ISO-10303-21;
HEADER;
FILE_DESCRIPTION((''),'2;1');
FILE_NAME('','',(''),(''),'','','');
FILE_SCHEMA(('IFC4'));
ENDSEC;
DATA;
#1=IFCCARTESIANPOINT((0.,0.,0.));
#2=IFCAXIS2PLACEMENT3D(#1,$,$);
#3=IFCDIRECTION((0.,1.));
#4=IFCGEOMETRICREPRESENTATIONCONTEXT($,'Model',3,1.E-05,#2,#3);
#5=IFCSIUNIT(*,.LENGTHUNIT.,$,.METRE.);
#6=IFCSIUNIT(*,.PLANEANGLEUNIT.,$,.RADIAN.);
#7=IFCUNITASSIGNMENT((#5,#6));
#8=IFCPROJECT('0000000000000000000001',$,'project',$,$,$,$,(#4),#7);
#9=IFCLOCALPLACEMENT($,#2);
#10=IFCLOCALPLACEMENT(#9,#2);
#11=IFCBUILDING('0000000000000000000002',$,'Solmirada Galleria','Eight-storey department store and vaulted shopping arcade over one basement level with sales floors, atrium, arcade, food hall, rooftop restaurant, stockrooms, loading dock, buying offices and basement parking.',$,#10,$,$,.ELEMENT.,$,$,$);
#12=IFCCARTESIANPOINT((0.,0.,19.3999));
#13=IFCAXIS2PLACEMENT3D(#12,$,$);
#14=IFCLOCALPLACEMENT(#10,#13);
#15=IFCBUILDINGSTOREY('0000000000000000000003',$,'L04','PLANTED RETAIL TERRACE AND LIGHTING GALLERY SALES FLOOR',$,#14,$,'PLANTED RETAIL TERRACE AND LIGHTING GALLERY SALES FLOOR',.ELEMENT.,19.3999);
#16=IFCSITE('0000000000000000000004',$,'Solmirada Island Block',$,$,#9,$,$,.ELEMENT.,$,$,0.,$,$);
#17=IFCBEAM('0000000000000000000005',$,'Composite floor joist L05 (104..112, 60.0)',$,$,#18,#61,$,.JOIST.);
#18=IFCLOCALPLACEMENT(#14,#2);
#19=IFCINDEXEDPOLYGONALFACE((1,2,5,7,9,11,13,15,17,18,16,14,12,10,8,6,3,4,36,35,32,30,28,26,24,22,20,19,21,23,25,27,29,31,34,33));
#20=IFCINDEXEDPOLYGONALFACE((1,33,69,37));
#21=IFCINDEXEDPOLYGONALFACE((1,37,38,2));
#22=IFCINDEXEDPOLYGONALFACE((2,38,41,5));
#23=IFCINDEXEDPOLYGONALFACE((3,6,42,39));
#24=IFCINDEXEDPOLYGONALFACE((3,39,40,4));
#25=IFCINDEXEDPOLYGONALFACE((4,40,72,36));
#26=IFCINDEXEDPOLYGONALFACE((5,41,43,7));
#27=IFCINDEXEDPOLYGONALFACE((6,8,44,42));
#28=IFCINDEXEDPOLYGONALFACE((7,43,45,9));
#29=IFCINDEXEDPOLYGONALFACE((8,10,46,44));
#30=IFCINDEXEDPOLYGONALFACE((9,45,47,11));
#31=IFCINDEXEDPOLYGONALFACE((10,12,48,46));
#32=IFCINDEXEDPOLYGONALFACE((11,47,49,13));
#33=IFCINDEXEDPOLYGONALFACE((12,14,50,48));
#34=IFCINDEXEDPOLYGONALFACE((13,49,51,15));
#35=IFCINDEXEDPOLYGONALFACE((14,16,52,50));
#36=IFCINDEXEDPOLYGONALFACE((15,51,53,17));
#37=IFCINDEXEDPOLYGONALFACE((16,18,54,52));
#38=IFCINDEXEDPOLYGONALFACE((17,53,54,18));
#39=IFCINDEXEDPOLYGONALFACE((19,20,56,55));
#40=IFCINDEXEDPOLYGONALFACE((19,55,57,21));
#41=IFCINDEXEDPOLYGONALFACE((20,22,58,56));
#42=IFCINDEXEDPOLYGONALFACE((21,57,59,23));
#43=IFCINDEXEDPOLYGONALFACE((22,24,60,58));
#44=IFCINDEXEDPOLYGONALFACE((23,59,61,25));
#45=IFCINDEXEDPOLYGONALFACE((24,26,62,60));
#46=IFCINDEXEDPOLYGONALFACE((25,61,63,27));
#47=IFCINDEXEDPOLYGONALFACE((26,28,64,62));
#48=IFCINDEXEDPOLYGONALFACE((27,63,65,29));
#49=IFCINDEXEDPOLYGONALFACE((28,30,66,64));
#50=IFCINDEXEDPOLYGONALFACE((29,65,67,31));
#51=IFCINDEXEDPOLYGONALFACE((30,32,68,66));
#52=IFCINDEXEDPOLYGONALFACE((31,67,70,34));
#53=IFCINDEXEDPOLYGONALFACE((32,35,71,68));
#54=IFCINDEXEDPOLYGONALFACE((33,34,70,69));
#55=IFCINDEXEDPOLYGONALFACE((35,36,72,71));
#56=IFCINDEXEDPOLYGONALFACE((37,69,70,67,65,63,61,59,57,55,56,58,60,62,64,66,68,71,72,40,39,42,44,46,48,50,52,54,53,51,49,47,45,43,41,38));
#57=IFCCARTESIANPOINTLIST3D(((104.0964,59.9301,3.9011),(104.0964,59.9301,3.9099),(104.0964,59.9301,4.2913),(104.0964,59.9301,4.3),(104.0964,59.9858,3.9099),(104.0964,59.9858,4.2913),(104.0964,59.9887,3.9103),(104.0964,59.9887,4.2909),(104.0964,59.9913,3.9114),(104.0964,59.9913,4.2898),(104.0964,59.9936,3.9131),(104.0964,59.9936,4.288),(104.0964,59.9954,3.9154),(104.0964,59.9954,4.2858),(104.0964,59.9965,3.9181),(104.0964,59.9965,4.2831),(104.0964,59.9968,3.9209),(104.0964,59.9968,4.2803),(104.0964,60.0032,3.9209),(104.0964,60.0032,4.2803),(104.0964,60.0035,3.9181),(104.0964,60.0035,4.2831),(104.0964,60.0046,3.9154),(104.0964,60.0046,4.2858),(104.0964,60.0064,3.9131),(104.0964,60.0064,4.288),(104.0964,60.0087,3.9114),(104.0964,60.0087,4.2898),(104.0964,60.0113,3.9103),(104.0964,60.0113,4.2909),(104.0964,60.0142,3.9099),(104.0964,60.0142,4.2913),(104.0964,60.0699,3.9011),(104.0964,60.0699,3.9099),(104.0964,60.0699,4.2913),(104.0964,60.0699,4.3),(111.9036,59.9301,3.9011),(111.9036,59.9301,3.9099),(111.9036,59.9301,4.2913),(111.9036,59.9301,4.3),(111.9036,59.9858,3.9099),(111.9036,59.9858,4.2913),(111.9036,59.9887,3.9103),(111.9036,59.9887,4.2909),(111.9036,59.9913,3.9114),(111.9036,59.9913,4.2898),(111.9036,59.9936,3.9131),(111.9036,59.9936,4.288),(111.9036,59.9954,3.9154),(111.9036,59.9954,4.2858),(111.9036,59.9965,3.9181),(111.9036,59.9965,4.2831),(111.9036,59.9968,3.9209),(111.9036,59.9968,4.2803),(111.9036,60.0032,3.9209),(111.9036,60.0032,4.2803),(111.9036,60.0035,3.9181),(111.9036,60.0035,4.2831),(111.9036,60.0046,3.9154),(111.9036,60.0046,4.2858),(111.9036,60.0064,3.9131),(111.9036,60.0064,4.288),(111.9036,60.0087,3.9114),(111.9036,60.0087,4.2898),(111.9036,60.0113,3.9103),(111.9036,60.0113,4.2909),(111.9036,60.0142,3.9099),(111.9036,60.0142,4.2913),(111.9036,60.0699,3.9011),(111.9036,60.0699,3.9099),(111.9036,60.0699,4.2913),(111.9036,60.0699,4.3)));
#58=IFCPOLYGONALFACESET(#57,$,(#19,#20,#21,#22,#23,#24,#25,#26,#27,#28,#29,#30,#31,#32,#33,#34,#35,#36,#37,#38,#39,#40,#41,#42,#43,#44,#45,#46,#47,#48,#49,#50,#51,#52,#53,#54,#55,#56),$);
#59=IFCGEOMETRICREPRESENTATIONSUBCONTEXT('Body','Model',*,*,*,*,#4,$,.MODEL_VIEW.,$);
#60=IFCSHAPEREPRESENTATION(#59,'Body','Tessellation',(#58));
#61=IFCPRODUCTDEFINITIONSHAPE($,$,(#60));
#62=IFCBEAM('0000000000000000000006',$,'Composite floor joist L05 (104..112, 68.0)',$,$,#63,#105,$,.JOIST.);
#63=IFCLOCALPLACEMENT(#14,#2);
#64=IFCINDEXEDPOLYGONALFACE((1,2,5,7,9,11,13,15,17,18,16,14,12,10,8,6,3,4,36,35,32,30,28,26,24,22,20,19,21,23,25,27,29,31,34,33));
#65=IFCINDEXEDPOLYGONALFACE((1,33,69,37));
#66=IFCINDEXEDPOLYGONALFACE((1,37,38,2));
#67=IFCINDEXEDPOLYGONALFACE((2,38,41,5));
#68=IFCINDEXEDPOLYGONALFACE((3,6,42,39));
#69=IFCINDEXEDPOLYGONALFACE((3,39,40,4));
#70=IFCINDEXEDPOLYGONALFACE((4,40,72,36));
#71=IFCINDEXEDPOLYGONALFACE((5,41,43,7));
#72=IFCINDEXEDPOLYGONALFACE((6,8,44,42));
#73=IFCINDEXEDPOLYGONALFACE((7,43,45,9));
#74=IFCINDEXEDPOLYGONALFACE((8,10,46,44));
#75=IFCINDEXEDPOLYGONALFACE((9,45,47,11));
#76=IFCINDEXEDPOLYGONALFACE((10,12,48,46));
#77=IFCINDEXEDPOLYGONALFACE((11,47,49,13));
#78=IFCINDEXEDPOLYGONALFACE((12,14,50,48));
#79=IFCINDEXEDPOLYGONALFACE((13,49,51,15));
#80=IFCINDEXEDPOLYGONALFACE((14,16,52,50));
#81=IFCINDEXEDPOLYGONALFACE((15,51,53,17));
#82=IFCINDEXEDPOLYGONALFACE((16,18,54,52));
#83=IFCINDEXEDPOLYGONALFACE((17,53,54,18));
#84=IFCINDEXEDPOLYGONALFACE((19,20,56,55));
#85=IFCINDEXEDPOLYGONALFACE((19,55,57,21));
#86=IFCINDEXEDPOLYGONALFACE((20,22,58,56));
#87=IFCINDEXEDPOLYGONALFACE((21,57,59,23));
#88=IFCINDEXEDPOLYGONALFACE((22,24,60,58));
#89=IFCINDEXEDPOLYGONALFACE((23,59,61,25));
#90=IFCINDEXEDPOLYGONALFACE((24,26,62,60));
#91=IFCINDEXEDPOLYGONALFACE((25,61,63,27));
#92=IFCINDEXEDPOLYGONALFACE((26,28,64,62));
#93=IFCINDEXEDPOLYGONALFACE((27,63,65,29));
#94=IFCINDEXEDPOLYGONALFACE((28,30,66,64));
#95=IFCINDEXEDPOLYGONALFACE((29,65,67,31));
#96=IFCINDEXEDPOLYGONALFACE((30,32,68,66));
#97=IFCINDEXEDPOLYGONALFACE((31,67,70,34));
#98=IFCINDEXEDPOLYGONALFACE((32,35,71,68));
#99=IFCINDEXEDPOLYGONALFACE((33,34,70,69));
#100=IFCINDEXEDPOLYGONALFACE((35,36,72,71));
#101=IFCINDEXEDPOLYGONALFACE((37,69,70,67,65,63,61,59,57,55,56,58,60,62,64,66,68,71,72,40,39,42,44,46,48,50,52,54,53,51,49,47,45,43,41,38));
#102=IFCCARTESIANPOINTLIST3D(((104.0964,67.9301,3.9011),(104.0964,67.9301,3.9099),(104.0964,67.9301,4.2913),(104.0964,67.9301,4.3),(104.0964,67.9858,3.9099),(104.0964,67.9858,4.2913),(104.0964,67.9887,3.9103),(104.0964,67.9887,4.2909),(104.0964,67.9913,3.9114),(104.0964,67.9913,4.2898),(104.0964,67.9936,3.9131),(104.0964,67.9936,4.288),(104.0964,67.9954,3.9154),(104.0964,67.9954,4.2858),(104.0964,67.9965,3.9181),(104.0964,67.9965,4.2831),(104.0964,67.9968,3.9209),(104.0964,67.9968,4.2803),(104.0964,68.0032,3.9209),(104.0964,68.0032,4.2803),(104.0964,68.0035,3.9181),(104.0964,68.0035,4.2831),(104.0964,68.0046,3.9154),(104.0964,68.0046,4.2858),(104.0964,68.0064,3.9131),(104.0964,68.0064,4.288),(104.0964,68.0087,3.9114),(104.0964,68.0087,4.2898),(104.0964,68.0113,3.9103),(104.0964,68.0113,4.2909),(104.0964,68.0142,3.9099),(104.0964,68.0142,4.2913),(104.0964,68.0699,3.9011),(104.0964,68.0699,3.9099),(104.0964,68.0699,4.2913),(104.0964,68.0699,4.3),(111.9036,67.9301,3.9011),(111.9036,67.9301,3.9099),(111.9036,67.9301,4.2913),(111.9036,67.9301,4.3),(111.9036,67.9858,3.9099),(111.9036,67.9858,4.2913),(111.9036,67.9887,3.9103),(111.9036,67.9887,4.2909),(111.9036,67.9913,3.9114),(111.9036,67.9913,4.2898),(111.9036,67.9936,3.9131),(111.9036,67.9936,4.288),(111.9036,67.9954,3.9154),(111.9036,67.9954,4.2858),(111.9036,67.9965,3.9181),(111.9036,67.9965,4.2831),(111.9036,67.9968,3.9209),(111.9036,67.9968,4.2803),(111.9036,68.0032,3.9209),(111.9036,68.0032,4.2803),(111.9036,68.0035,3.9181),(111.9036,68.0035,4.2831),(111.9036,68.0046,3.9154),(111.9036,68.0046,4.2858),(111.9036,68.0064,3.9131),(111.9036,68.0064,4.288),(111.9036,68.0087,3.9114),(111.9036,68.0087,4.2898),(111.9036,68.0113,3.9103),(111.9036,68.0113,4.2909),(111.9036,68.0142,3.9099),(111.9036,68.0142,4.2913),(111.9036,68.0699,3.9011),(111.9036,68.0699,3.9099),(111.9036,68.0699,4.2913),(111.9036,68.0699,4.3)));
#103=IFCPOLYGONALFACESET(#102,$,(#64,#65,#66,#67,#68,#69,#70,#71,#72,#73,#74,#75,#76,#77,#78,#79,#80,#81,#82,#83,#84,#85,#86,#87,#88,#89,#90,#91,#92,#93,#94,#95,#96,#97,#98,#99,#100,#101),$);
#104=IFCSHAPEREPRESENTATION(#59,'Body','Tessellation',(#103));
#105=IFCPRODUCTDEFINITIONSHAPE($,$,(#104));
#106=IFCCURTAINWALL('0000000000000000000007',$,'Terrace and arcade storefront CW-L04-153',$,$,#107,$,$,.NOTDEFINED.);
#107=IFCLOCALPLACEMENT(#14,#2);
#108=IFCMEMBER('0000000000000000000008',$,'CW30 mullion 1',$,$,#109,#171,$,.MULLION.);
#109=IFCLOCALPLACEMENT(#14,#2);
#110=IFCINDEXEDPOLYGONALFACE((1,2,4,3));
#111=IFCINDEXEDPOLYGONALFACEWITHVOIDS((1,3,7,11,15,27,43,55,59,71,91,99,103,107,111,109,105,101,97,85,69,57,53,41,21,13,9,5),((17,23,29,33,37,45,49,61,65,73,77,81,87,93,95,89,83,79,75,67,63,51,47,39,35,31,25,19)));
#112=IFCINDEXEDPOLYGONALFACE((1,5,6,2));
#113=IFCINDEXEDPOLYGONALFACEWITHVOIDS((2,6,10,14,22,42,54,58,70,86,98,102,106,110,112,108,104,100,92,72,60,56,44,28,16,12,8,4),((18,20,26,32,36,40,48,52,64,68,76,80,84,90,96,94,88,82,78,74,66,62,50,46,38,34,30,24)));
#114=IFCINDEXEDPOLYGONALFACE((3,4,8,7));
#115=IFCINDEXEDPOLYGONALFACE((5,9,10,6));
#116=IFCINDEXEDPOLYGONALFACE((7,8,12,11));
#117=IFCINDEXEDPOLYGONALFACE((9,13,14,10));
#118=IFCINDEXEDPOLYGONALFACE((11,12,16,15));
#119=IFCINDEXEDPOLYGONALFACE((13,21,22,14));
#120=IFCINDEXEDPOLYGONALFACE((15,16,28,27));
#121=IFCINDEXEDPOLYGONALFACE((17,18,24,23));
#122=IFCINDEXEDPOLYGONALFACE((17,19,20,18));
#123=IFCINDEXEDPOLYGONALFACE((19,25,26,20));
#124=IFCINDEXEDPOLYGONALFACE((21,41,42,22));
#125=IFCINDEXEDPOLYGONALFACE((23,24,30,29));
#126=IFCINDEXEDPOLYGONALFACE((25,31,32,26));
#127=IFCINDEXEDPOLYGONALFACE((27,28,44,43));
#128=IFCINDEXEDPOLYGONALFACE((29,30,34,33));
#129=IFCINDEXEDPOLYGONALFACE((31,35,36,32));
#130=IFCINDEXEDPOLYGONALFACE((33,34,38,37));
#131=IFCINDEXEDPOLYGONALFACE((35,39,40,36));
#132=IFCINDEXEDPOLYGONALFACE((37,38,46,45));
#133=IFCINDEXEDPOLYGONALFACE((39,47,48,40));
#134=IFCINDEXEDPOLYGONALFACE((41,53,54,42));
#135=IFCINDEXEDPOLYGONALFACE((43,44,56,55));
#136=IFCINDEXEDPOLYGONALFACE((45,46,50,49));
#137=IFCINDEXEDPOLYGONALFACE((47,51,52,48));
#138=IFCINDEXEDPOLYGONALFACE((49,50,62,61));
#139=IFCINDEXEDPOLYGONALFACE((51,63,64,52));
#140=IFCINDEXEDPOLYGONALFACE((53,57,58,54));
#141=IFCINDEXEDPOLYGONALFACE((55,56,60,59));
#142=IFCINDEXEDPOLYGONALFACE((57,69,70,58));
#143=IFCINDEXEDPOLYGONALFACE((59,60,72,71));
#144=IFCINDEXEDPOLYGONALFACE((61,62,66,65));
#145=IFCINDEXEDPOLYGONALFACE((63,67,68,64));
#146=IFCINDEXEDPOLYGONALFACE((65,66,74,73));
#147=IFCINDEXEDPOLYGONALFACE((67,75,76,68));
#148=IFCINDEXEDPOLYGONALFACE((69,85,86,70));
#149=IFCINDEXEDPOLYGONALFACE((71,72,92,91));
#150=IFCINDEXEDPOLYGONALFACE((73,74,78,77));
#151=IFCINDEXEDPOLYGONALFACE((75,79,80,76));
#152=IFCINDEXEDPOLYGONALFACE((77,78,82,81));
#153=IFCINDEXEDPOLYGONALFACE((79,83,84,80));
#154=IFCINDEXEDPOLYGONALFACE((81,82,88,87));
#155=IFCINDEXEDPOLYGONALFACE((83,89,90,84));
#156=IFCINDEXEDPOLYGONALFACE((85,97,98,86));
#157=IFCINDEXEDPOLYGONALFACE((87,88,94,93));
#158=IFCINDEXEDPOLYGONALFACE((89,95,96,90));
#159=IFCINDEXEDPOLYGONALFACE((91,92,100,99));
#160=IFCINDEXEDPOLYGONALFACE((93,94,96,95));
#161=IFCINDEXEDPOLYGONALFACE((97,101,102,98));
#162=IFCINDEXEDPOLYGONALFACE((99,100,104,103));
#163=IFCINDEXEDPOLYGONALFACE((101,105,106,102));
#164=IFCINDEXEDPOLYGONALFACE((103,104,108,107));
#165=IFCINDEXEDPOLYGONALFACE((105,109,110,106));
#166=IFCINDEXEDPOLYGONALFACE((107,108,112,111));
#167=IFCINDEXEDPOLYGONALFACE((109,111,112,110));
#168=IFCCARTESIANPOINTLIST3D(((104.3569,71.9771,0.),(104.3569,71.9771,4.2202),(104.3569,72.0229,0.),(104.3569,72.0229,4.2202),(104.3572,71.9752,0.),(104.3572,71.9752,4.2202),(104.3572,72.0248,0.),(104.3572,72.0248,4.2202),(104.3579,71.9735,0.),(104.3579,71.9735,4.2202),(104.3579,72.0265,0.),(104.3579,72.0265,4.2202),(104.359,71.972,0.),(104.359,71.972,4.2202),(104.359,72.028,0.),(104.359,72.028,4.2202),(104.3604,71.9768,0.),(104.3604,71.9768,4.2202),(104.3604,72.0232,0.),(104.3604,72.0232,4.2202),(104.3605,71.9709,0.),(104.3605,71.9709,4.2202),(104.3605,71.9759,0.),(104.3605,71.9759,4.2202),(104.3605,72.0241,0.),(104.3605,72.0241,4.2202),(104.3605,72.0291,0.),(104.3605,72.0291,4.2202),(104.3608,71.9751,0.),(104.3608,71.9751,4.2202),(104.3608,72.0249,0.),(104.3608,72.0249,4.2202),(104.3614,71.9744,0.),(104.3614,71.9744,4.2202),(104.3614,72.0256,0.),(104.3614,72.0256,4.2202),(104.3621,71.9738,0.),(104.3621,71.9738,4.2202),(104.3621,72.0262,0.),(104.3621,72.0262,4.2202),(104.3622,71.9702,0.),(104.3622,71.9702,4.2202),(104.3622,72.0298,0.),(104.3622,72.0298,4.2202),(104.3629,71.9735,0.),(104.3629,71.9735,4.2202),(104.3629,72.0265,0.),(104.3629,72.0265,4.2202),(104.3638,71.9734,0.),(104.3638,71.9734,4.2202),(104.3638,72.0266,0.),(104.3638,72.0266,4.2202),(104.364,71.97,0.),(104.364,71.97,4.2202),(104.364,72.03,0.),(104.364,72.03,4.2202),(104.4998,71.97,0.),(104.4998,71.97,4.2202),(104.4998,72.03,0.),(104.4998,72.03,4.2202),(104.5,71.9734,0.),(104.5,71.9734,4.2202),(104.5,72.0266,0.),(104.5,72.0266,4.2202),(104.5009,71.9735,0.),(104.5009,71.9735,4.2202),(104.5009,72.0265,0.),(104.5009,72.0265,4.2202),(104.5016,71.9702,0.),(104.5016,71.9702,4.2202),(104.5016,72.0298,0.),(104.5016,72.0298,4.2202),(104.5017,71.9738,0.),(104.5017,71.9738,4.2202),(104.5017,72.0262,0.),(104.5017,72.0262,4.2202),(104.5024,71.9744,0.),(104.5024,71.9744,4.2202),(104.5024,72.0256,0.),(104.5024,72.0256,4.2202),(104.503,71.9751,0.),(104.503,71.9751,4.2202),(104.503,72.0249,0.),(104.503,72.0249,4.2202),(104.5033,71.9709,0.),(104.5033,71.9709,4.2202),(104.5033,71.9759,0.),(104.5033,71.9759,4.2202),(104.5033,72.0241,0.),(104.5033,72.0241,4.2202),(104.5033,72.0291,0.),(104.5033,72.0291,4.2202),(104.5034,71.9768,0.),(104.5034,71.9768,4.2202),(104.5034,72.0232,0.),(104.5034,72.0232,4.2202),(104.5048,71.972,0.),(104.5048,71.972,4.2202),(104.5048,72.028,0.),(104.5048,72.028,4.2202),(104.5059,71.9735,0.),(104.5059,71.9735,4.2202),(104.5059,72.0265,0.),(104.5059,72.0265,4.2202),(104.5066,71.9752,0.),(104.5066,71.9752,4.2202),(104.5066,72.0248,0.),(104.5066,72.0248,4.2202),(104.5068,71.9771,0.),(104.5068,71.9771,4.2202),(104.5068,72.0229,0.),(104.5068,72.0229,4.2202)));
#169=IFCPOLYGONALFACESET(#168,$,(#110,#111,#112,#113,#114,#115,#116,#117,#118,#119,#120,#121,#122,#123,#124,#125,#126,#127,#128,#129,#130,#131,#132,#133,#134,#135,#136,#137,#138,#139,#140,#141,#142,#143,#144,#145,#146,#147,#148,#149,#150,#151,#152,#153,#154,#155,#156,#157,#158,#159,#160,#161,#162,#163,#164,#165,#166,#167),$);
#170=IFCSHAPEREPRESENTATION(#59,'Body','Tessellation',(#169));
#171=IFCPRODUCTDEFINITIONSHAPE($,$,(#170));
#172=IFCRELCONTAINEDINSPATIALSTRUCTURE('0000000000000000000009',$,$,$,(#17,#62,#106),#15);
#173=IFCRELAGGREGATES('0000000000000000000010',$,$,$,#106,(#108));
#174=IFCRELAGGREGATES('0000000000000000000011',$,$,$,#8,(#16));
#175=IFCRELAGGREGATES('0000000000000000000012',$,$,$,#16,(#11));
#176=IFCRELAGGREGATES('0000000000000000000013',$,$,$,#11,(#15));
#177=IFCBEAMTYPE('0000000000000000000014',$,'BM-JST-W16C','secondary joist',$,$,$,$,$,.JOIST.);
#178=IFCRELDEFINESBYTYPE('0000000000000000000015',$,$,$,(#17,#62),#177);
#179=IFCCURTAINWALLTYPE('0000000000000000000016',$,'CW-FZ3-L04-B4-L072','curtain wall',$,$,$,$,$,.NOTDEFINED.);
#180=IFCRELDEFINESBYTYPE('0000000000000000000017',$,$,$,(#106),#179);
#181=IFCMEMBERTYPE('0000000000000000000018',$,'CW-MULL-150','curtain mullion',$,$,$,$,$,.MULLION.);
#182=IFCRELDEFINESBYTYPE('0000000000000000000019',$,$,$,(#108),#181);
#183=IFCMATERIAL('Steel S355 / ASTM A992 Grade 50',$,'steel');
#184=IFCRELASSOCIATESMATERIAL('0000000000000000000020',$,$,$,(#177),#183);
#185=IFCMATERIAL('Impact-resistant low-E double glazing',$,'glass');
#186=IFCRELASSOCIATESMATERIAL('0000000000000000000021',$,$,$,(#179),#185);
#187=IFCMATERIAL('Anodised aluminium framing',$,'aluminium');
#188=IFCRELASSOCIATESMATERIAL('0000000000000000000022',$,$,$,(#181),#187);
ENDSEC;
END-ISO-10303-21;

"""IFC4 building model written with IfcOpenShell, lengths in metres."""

from ifc_helpers import new_model, si_unit, direction, frame, origin, origin_2d, place, context, subcontext, project, spatial, hollow_rectangle, i_section, extrude, material, material_profile, profile_set, type_object, element, aggregate, save


model = new_model("IFC4")

# Units and contexts
model_context = context("Model", 3, precision=1e-05, world=origin(), true_north=direction((0.0, 1.0)))
body_context = subcontext(model_context, "Body", "Model", "MODEL_VIEW")
ifc_project = project(units=[si_unit("LENGTHUNIT", "METRE"), si_unit("PLANEANGLEUNIT", "RADIAN")], contexts=[model_context])

# Site, building, storey
site_placement = place(None, origin())
site = spatial("IfcSite", under=ifc_project, at=site_placement, Name="Solmirada Island Block", CompositionType="ELEMENT", RefElevation=0.0)
building_placement = place(site_placement, origin())
building = spatial("IfcBuilding", under=site, at=building_placement, Name="Solmirada Galleria", Description="Eight-storey department store and vaulted shopping arcade over one basement level with sales floors, atrium, arcade, food hall, rooftop restaurant, stockrooms, loading dock, buying offices and basement parking.", CompositionType="ELEMENT")
storey_placement = place(building_placement, frame((0.0, 0.0, 19.3999)))
storey = spatial("IfcBuildingStorey", under=building, at=storey_placement, Name="L04", Description="PLANTED RETAIL TERRACE AND LIGHTING GALLERY SALES FLOOR", LongName="PLANTED RETAIL TERRACE AND LIGHTING GALLERY SALES FLOOR", CompositionType="ELEMENT", Elevation=19.3999)

# Beams
ifc_material_1 = material(Name="Steel S355 / ASTM A992 Grade 50", Category="steel")
ifc_material_profile_1 = material_profile(ifc_material_1, i_section(OverallWidth=0.1399, OverallDepth=0.3989, WebThickness=0.0063, FlangeThickness=0.0088, FilletRadius=0.011, at=origin_2d()), Name="W16X26")
ifc_profile_set_1 = profile_set([ifc_material_profile_1], Name="Steel S355 / ASTM A992 Grade 50")
beam_type_1 = type_object("IfcBeamType", Name="BM-JST-W16C", Description="secondary joist", PredefinedType="JOIST", material=ifc_profile_set_1)
for number, where, z_axis, x_axis, name in (
    (1, (104.0964, 60.0, 4.1006), (1.0, 0.0, 0.0), (0.0, 1.0, 0.0), "Composite floor joist L05 (104..112, 60.0)"),
    (2, (104.0964, 68.0, 4.1006), (1.0, 0.0, 0.0), (0.0, 1.0, 0.0), "Composite floor joist L05 (104..112, 68.0)"),
):
    element("IfcBeam", number, at=place(storey_placement, frame(where, z_axis=z_axis, x_axis=x_axis)), inside=storey, type_object=beam_type_1, Name=name, PredefinedType="JOIST", context=body_context, shape_type="SweptSolid", body=[
        extrude(i_section(OverallWidth=0.1399, OverallDepth=0.3989, WebThickness=0.0063, FlangeThickness=0.0088, FilletRadius=0.011, at=origin_2d()), origin(), (0.0, 0.0, 1.0), 7.8071),
    ])

# Curtain wall, member
ifc_material_2 = material(Name="Impact-resistant low-E double glazing", Category="glass")
curtain_wall_type = type_object("IfcCurtainWallType", Name="CW-FZ3-L04-B4-L072", Description="curtain wall", PredefinedType="NOTDEFINED", material=ifc_material_2)
curtain_wall_1_placement = place(storey_placement, origin())
curtain_wall_1 = element("IfcCurtainWall", 3, at=curtain_wall_1_placement, inside=storey, type_object=curtain_wall_type, Name="Terrace and arcade storefront CW-L04-153", PredefinedType="NOTDEFINED")
ifc_material_3 = material(Name="Anodised aluminium framing", Category="aluminium")
ifc_material_profile_2 = material_profile(ifc_material_3, hollow_rectangle(XDim=0.0601, YDim=0.1499, WallThickness=0.0034, InnerFilletRadius=0.0034, OuterFilletRadius=0.0071, at=origin_2d()), Name="ALU-MULL-150X60")
ifc_profile_set_2 = profile_set([ifc_material_profile_2], Name="Anodised aluminium framing")
member_type_1 = type_object("IfcMemberType", Name="CW-MULL-150", Description="curtain mullion", PredefinedType="MULLION", material=ifc_profile_set_2)
member_1_placement = place(storey_placement, frame((104.4319, 72.0, 0.0), z_axis=(0.0, 0.0, 1.0), x_axis=(0.0, 1.0, 0.0)))
member_1 = element("IfcMember", 4, at=member_1_placement, type_object=member_type_1, Name="CW30 mullion 1", PredefinedType="MULLION", context=body_context, shape_type="SweptSolid", body=[
    extrude(hollow_rectangle(XDim=0.0601, YDim=0.1499, WallThickness=0.0034, InnerFilletRadius=0.0034, OuterFilletRadius=0.0071, at=origin_2d()), origin(), (0.0, 0.0, 1.0), 4.2202),
])

aggregate(curtain_wall_1, [member_1])

save(model, "model.ifc")
